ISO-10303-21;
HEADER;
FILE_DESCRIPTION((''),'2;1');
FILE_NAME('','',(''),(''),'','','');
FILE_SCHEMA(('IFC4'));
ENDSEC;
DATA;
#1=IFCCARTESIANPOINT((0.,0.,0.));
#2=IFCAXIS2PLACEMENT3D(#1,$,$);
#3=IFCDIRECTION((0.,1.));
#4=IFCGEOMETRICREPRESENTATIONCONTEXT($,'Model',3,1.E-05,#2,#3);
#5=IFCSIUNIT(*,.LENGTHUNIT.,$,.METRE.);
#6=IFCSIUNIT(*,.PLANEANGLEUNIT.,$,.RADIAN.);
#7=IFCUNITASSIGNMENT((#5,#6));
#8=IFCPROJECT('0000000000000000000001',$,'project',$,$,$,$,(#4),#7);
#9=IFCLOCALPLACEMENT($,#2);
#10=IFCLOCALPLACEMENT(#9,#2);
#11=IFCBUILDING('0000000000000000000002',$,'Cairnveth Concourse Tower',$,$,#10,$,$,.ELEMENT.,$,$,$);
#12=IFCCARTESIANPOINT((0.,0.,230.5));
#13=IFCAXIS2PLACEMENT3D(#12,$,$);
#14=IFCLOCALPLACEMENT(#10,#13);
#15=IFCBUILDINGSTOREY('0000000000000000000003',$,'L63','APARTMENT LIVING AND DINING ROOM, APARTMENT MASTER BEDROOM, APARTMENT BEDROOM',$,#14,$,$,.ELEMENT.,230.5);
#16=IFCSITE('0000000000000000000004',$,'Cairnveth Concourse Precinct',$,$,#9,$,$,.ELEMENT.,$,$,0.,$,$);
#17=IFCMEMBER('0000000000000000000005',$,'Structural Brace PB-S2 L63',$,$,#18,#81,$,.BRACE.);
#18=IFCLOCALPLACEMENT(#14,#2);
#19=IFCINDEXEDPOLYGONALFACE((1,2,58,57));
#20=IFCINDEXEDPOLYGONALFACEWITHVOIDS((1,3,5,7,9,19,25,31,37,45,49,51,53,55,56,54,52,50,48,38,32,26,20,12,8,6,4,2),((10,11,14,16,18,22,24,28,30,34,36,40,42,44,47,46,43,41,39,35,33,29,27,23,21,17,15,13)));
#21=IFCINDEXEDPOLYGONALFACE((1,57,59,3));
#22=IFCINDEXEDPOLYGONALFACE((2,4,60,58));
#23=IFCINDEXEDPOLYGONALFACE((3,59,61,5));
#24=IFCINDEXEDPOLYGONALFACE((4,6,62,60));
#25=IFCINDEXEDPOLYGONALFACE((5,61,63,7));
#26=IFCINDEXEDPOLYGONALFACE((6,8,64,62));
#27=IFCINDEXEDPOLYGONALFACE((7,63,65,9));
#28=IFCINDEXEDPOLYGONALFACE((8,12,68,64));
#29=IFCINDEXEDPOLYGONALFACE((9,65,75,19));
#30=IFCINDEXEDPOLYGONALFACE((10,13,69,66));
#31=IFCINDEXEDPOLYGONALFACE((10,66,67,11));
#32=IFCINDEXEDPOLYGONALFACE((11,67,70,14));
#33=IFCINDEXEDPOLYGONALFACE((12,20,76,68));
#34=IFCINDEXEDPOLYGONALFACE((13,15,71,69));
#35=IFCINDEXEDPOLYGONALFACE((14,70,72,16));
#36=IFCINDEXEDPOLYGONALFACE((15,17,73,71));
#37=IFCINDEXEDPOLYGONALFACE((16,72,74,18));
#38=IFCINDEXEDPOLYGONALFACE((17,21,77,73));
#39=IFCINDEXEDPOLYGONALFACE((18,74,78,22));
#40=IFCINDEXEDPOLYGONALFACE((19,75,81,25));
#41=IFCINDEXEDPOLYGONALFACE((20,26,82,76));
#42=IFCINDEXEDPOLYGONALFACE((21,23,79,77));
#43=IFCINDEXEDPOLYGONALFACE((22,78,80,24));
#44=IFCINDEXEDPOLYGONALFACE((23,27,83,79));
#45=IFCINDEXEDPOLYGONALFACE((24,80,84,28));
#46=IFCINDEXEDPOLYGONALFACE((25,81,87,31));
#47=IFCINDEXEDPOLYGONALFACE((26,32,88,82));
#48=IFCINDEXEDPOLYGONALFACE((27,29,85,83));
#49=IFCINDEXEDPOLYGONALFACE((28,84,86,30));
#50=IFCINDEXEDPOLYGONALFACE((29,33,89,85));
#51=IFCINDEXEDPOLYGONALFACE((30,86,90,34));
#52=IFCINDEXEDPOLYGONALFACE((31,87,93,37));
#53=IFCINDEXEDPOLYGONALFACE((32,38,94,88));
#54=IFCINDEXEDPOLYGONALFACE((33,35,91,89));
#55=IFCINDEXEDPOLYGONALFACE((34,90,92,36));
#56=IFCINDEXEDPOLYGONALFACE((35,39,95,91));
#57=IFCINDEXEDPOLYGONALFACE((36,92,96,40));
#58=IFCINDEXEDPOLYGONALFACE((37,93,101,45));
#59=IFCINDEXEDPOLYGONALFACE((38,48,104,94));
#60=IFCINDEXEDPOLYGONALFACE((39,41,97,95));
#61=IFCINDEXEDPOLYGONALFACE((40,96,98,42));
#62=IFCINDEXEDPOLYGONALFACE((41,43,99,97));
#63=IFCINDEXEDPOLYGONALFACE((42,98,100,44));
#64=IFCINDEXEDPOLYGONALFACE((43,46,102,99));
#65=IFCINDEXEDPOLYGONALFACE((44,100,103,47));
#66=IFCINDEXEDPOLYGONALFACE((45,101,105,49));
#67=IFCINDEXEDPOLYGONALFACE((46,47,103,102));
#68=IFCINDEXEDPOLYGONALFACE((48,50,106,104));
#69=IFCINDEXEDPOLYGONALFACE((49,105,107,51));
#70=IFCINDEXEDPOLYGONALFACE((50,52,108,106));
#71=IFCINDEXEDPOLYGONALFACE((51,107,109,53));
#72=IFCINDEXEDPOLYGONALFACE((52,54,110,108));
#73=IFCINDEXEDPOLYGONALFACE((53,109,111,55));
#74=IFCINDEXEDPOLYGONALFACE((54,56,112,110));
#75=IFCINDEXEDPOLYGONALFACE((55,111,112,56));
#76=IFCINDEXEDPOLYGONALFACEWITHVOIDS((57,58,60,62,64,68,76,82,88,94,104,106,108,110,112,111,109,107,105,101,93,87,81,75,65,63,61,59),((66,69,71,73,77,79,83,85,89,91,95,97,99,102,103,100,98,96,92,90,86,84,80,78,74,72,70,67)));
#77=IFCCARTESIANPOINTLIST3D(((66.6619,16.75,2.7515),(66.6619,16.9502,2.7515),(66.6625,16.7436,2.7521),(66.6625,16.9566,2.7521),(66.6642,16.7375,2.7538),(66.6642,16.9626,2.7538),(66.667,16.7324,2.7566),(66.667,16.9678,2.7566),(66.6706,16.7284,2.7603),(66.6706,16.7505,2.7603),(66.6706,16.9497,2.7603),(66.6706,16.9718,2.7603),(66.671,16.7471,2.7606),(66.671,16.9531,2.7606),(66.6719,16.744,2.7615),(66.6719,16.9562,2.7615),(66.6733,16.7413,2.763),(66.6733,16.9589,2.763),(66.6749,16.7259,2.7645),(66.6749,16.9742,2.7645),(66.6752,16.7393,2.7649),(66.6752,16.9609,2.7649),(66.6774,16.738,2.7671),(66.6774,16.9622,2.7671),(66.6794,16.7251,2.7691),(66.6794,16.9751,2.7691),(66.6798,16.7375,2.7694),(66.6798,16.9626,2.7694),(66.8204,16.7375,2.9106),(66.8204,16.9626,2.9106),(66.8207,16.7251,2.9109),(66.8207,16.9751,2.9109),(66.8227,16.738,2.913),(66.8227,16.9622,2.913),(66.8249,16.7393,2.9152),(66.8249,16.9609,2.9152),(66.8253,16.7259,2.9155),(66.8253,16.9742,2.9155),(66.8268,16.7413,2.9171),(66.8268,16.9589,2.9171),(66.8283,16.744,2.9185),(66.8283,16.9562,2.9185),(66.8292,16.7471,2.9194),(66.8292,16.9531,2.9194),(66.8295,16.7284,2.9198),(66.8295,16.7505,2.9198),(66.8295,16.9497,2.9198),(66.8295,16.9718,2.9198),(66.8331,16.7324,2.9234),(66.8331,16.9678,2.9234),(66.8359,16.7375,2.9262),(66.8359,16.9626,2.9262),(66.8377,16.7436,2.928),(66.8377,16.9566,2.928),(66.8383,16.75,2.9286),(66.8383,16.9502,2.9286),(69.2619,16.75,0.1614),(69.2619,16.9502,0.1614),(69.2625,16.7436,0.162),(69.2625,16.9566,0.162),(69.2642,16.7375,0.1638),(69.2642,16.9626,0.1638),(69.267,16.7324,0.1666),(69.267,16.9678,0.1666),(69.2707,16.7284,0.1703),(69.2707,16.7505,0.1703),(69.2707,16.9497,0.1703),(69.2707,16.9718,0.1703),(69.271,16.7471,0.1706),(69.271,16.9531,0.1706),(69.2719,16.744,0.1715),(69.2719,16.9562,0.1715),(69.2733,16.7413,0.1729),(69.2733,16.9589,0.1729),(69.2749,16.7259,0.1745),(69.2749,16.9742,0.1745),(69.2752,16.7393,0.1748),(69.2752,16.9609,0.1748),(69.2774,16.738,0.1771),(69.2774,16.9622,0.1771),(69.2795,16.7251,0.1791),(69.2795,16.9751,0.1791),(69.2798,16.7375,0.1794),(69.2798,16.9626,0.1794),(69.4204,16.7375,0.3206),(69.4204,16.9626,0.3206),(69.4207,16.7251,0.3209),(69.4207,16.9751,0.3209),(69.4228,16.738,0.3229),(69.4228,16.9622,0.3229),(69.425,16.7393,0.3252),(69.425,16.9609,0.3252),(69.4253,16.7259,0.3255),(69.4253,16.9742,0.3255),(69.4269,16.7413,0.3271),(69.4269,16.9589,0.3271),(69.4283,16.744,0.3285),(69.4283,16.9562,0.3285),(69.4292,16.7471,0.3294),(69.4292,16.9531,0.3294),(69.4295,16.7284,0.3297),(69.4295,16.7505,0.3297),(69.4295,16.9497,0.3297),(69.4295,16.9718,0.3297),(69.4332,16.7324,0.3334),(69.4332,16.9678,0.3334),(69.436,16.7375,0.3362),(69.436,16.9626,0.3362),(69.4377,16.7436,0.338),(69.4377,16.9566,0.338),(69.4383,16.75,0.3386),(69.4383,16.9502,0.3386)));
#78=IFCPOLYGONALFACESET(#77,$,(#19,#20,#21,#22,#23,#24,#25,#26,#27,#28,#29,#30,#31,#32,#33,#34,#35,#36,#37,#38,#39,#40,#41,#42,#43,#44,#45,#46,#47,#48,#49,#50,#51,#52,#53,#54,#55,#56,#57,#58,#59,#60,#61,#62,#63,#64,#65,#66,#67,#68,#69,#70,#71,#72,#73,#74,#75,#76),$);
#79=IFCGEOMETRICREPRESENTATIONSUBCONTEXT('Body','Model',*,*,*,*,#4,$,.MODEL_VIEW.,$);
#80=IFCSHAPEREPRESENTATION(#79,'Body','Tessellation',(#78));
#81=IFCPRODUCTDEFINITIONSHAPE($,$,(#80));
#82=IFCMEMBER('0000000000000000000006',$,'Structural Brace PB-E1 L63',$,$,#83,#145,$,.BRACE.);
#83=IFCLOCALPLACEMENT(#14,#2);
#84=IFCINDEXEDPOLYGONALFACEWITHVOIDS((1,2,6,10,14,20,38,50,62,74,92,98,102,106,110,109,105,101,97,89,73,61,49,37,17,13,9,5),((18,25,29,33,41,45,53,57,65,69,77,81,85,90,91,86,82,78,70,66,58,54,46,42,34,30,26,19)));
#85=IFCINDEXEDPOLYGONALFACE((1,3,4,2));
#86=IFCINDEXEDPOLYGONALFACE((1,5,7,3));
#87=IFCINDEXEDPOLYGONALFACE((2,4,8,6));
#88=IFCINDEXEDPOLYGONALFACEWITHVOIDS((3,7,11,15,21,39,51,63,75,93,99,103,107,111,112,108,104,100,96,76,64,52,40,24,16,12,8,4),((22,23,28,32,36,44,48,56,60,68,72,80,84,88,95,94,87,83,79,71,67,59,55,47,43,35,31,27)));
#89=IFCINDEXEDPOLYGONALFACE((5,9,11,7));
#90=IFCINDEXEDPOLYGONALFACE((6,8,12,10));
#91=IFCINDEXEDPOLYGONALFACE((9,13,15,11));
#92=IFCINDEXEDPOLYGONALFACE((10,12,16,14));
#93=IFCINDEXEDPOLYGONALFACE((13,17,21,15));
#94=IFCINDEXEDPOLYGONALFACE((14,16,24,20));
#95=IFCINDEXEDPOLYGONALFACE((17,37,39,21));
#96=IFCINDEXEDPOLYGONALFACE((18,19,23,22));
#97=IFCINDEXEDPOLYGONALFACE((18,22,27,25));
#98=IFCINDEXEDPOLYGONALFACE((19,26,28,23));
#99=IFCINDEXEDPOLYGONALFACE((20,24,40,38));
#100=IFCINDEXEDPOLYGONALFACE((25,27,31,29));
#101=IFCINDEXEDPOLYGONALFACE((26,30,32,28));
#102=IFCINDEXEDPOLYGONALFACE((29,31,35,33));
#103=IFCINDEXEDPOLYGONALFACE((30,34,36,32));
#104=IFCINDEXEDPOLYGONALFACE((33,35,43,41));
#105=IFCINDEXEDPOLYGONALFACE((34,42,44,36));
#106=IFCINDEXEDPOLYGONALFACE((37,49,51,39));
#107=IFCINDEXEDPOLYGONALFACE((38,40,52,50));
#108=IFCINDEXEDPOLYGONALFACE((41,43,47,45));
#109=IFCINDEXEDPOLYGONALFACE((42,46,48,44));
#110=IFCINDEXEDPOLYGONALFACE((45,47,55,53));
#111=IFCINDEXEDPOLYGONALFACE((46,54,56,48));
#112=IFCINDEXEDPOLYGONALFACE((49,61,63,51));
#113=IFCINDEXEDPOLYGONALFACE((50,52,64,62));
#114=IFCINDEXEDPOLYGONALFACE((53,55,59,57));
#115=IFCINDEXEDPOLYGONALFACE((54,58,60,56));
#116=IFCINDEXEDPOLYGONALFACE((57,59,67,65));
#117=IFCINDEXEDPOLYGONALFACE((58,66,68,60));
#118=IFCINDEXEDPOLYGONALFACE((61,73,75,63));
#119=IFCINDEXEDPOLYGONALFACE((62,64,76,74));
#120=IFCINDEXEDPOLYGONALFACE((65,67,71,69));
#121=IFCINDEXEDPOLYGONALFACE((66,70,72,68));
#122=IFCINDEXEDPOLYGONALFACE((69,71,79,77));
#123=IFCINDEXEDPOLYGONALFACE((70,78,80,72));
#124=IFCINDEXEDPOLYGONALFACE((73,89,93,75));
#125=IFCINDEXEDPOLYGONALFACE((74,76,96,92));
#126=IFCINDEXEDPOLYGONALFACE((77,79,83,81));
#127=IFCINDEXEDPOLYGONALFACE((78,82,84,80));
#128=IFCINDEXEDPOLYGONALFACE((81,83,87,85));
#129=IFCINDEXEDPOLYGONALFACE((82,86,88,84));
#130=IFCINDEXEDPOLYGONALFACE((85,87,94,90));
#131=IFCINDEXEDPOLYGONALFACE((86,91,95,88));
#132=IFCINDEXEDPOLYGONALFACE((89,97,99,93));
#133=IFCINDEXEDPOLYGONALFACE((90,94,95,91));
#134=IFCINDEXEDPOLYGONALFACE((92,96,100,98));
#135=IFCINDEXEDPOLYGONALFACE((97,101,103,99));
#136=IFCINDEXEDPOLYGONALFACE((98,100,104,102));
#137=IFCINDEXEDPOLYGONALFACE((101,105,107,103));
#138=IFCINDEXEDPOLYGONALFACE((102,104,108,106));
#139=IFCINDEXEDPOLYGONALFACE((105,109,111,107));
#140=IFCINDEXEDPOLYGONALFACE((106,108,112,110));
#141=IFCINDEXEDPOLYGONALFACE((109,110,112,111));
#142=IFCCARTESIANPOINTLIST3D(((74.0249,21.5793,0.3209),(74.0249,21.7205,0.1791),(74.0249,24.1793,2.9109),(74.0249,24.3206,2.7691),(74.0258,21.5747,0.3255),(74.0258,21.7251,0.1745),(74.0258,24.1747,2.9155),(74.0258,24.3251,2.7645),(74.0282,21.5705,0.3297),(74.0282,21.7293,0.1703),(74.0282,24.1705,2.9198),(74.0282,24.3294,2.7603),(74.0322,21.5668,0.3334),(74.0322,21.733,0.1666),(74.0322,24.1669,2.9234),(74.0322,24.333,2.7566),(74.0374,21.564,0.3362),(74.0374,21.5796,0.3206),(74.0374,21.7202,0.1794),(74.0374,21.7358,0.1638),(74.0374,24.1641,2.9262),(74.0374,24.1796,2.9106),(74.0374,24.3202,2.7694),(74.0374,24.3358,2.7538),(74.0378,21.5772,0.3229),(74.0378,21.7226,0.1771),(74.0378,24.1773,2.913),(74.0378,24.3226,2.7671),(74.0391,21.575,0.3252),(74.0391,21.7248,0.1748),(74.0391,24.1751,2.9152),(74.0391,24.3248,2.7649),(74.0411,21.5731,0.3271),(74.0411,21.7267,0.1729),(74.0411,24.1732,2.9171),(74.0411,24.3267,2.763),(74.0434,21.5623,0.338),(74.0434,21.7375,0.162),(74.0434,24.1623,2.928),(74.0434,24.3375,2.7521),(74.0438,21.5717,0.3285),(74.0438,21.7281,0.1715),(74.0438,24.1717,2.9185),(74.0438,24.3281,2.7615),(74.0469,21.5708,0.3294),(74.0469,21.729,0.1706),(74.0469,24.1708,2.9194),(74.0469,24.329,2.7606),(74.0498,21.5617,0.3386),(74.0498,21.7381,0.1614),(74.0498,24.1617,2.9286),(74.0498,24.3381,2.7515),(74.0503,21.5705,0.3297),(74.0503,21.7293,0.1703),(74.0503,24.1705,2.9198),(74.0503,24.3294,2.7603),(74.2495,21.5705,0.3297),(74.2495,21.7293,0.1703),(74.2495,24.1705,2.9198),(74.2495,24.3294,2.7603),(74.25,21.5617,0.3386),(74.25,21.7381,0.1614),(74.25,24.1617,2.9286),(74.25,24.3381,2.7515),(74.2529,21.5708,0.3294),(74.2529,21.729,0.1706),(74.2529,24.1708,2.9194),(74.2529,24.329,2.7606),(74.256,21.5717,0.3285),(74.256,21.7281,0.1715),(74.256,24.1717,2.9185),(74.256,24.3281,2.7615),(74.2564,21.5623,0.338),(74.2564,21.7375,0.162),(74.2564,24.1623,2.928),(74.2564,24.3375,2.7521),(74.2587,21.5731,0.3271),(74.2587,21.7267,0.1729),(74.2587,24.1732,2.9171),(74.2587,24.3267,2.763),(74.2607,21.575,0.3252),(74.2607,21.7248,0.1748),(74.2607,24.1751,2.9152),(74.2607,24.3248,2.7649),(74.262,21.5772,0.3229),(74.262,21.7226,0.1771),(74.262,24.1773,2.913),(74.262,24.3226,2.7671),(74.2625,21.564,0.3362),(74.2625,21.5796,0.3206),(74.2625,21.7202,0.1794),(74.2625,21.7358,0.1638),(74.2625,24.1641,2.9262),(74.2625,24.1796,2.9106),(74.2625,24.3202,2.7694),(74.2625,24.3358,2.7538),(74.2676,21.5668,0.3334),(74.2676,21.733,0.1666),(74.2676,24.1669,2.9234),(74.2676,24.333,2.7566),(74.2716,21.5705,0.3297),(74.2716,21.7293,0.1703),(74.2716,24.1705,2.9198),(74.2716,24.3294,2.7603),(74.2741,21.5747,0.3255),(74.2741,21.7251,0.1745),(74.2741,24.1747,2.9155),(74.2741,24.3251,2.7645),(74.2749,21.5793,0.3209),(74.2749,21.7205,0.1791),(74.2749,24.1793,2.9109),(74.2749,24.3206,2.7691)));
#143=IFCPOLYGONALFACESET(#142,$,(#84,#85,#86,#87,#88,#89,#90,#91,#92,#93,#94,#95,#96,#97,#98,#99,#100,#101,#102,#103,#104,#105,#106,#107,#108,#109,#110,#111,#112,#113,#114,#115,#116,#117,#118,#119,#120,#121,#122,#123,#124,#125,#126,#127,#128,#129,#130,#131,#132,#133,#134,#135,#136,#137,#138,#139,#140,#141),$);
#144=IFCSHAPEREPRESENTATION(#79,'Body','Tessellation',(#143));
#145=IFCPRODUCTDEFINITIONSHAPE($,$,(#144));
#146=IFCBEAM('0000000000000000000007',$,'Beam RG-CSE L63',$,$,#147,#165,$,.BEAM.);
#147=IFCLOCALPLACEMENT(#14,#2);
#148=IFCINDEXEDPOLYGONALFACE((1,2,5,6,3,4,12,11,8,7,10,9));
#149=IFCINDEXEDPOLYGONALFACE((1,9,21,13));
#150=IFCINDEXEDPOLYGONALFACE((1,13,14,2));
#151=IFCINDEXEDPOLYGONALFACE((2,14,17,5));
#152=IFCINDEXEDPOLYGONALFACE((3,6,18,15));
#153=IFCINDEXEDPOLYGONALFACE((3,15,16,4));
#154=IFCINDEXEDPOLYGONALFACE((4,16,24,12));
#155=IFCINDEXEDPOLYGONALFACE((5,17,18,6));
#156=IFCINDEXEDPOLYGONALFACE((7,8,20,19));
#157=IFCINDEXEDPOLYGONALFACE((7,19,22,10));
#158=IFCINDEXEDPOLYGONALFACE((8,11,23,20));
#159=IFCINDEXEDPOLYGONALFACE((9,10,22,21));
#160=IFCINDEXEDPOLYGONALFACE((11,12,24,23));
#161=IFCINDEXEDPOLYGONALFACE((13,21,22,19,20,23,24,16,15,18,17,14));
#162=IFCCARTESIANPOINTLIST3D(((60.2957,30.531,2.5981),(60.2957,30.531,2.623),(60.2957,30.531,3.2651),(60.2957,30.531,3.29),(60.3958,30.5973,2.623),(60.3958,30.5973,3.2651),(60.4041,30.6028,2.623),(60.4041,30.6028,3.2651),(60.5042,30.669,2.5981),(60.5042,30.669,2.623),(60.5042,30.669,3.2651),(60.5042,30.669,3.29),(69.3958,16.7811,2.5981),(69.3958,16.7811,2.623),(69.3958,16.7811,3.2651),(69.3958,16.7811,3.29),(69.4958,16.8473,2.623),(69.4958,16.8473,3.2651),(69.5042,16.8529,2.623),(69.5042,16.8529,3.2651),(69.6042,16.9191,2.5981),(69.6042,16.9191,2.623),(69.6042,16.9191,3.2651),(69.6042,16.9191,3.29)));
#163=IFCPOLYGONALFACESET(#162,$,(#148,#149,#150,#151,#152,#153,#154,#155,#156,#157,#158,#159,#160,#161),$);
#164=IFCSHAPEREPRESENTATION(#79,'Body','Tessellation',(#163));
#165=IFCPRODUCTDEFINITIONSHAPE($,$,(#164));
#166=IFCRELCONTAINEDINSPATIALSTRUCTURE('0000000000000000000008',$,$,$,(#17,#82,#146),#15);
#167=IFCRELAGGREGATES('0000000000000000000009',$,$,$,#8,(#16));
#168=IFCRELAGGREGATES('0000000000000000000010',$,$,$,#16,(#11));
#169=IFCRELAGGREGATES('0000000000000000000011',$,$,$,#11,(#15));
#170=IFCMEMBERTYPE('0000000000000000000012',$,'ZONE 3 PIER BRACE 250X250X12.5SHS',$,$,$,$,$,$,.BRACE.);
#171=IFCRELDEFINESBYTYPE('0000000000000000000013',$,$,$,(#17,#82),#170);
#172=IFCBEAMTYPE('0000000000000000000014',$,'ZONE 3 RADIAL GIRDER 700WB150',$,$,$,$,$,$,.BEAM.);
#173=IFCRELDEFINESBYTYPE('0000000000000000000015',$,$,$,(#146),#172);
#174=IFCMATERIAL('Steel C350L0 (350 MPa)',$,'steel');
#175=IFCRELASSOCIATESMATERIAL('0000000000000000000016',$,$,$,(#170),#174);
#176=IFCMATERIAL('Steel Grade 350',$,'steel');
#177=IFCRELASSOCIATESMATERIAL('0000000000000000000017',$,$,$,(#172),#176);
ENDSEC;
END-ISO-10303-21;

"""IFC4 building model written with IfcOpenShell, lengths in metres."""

from ifc_helpers import new_model, si_unit, direction, frame, origin, origin_2d, place, context, subcontext, project, spatial, hollow_rectangle, i_section, extrude, material, material_profile, profile_set, type_object, element, save


model = new_model("IFC4")

# Units and contexts
model_context = context("Model", 3, precision=1e-05, world=origin(), true_north=direction((0.0, 1.0)))
body_context = subcontext(model_context, "Body", "Model", "MODEL_VIEW")
ifc_project = project(units=[si_unit("LENGTHUNIT", "METRE"), si_unit("PLANEANGLEUNIT", "RADIAN")], contexts=[model_context])

# Site, building, storey
site_placement = place(None, origin())
site = spatial("IfcSite", under=ifc_project, at=site_placement, Name="Cairnveth Concourse Precinct", CompositionType="ELEMENT", RefElevation=0.0)
building_placement = place(site_placement, origin())
building = spatial("IfcBuilding", under=site, at=building_placement, Name="Cairnveth Concourse Tower", CompositionType="ELEMENT")
storey_placement = place(building_placement, frame((0.0, 0.0, 230.5)))
storey = spatial("IfcBuildingStorey", under=building, at=storey_placement, Name="L63", Description="APARTMENT LIVING AND DINING ROOM, APARTMENT MASTER BEDROOM, APARTMENT BEDROOM", CompositionType="ELEMENT", Elevation=230.5)

# Shared definitions
ifc_material_1 = material(Name="Steel Grade 350", Category="steel")

# Members
ifc_material_2 = material(Name="Steel C350L0 (350 MPa)", Category="steel")
ifc_material_profile_1 = material_profile(ifc_material_2, hollow_rectangle(XDim=0.25, YDim=0.25, WallThickness=0.0125, InnerFilletRadius=0.0129, OuterFilletRadius=0.0249, at=origin_2d()), Name="250x250x12.5SHS")
ifc_profile_set_1 = profile_set([ifc_material_profile_1], Name="Steel C350L0 (350 MPa)")
member_type = type_object("IfcMemberType", Name="ZONE 3 PIER BRACE 250X250X12.5SHS", PredefinedType="BRACE", material=ifc_profile_set_1)
for number, where, z_axis, x_axis, name in (
    (1, (69.3501, 16.8501, 0.25), (-0.708469, 0.0, 0.705742), (0.0, -1.0, 0.0), "Structural Brace PB-S2 L63"),
    (2, (74.1499, 21.6499, 0.25), (0.0, 0.708469, 0.705742), (-1.0, 0.0, 0.0), "Structural Brace PB-E1 L63"),
):
    element("IfcMember", number, at=place(storey_placement, frame(where, z_axis=z_axis, x_axis=x_axis)), inside=storey, type_object=member_type, Name=name, PredefinedType="BRACE", context=body_context, shape_type="SweptSolid", body=[
        extrude(hollow_rectangle(XDim=0.25, YDim=0.25, WallThickness=0.0125, InnerFilletRadius=0.0129, OuterFilletRadius=0.0249, at=origin_2d()), origin(), (0.0, 0.0, 1.0), 3.6699),
    ])

# Beam
ifc_material_profile_2 = material_profile(ifc_material_1, i_section(OverallWidth=0.25, OverallDepth=0.6919, WebThickness=0.01, FlangeThickness=0.0249, at=origin_2d()), Name="700WB150")
ifc_profile_set_2 = profile_set([ifc_material_profile_2], Name="Steel Grade 350")
beam_type_1 = type_object("IfcBeamType", Name="ZONE 3 RADIAL GIRDER 700WB150", PredefinedType="BEAM", material=ifc_profile_set_2)
beam_1_placement = place(storey_placement, frame((69.5, 16.8501, 2.9441), z_axis=(-0.551902, 0.833909, 0.0), x_axis=(-0.833909, -0.551902, 0.0)))
element("IfcBeam", 3, at=beam_1_placement, inside=storey, type_object=beam_type_1, Name="Beam RG-CSE L63", PredefinedType="BEAM", context=body_context, shape_type="SweptSolid", body=[
    extrude(i_section(OverallWidth=0.25, OverallDepth=0.6919, WebThickness=0.01, FlangeThickness=0.0249, at=origin_2d()), origin(), (0.0, 0.0, 1.0), 16.4885),
])

save(model, "model.ifc")
